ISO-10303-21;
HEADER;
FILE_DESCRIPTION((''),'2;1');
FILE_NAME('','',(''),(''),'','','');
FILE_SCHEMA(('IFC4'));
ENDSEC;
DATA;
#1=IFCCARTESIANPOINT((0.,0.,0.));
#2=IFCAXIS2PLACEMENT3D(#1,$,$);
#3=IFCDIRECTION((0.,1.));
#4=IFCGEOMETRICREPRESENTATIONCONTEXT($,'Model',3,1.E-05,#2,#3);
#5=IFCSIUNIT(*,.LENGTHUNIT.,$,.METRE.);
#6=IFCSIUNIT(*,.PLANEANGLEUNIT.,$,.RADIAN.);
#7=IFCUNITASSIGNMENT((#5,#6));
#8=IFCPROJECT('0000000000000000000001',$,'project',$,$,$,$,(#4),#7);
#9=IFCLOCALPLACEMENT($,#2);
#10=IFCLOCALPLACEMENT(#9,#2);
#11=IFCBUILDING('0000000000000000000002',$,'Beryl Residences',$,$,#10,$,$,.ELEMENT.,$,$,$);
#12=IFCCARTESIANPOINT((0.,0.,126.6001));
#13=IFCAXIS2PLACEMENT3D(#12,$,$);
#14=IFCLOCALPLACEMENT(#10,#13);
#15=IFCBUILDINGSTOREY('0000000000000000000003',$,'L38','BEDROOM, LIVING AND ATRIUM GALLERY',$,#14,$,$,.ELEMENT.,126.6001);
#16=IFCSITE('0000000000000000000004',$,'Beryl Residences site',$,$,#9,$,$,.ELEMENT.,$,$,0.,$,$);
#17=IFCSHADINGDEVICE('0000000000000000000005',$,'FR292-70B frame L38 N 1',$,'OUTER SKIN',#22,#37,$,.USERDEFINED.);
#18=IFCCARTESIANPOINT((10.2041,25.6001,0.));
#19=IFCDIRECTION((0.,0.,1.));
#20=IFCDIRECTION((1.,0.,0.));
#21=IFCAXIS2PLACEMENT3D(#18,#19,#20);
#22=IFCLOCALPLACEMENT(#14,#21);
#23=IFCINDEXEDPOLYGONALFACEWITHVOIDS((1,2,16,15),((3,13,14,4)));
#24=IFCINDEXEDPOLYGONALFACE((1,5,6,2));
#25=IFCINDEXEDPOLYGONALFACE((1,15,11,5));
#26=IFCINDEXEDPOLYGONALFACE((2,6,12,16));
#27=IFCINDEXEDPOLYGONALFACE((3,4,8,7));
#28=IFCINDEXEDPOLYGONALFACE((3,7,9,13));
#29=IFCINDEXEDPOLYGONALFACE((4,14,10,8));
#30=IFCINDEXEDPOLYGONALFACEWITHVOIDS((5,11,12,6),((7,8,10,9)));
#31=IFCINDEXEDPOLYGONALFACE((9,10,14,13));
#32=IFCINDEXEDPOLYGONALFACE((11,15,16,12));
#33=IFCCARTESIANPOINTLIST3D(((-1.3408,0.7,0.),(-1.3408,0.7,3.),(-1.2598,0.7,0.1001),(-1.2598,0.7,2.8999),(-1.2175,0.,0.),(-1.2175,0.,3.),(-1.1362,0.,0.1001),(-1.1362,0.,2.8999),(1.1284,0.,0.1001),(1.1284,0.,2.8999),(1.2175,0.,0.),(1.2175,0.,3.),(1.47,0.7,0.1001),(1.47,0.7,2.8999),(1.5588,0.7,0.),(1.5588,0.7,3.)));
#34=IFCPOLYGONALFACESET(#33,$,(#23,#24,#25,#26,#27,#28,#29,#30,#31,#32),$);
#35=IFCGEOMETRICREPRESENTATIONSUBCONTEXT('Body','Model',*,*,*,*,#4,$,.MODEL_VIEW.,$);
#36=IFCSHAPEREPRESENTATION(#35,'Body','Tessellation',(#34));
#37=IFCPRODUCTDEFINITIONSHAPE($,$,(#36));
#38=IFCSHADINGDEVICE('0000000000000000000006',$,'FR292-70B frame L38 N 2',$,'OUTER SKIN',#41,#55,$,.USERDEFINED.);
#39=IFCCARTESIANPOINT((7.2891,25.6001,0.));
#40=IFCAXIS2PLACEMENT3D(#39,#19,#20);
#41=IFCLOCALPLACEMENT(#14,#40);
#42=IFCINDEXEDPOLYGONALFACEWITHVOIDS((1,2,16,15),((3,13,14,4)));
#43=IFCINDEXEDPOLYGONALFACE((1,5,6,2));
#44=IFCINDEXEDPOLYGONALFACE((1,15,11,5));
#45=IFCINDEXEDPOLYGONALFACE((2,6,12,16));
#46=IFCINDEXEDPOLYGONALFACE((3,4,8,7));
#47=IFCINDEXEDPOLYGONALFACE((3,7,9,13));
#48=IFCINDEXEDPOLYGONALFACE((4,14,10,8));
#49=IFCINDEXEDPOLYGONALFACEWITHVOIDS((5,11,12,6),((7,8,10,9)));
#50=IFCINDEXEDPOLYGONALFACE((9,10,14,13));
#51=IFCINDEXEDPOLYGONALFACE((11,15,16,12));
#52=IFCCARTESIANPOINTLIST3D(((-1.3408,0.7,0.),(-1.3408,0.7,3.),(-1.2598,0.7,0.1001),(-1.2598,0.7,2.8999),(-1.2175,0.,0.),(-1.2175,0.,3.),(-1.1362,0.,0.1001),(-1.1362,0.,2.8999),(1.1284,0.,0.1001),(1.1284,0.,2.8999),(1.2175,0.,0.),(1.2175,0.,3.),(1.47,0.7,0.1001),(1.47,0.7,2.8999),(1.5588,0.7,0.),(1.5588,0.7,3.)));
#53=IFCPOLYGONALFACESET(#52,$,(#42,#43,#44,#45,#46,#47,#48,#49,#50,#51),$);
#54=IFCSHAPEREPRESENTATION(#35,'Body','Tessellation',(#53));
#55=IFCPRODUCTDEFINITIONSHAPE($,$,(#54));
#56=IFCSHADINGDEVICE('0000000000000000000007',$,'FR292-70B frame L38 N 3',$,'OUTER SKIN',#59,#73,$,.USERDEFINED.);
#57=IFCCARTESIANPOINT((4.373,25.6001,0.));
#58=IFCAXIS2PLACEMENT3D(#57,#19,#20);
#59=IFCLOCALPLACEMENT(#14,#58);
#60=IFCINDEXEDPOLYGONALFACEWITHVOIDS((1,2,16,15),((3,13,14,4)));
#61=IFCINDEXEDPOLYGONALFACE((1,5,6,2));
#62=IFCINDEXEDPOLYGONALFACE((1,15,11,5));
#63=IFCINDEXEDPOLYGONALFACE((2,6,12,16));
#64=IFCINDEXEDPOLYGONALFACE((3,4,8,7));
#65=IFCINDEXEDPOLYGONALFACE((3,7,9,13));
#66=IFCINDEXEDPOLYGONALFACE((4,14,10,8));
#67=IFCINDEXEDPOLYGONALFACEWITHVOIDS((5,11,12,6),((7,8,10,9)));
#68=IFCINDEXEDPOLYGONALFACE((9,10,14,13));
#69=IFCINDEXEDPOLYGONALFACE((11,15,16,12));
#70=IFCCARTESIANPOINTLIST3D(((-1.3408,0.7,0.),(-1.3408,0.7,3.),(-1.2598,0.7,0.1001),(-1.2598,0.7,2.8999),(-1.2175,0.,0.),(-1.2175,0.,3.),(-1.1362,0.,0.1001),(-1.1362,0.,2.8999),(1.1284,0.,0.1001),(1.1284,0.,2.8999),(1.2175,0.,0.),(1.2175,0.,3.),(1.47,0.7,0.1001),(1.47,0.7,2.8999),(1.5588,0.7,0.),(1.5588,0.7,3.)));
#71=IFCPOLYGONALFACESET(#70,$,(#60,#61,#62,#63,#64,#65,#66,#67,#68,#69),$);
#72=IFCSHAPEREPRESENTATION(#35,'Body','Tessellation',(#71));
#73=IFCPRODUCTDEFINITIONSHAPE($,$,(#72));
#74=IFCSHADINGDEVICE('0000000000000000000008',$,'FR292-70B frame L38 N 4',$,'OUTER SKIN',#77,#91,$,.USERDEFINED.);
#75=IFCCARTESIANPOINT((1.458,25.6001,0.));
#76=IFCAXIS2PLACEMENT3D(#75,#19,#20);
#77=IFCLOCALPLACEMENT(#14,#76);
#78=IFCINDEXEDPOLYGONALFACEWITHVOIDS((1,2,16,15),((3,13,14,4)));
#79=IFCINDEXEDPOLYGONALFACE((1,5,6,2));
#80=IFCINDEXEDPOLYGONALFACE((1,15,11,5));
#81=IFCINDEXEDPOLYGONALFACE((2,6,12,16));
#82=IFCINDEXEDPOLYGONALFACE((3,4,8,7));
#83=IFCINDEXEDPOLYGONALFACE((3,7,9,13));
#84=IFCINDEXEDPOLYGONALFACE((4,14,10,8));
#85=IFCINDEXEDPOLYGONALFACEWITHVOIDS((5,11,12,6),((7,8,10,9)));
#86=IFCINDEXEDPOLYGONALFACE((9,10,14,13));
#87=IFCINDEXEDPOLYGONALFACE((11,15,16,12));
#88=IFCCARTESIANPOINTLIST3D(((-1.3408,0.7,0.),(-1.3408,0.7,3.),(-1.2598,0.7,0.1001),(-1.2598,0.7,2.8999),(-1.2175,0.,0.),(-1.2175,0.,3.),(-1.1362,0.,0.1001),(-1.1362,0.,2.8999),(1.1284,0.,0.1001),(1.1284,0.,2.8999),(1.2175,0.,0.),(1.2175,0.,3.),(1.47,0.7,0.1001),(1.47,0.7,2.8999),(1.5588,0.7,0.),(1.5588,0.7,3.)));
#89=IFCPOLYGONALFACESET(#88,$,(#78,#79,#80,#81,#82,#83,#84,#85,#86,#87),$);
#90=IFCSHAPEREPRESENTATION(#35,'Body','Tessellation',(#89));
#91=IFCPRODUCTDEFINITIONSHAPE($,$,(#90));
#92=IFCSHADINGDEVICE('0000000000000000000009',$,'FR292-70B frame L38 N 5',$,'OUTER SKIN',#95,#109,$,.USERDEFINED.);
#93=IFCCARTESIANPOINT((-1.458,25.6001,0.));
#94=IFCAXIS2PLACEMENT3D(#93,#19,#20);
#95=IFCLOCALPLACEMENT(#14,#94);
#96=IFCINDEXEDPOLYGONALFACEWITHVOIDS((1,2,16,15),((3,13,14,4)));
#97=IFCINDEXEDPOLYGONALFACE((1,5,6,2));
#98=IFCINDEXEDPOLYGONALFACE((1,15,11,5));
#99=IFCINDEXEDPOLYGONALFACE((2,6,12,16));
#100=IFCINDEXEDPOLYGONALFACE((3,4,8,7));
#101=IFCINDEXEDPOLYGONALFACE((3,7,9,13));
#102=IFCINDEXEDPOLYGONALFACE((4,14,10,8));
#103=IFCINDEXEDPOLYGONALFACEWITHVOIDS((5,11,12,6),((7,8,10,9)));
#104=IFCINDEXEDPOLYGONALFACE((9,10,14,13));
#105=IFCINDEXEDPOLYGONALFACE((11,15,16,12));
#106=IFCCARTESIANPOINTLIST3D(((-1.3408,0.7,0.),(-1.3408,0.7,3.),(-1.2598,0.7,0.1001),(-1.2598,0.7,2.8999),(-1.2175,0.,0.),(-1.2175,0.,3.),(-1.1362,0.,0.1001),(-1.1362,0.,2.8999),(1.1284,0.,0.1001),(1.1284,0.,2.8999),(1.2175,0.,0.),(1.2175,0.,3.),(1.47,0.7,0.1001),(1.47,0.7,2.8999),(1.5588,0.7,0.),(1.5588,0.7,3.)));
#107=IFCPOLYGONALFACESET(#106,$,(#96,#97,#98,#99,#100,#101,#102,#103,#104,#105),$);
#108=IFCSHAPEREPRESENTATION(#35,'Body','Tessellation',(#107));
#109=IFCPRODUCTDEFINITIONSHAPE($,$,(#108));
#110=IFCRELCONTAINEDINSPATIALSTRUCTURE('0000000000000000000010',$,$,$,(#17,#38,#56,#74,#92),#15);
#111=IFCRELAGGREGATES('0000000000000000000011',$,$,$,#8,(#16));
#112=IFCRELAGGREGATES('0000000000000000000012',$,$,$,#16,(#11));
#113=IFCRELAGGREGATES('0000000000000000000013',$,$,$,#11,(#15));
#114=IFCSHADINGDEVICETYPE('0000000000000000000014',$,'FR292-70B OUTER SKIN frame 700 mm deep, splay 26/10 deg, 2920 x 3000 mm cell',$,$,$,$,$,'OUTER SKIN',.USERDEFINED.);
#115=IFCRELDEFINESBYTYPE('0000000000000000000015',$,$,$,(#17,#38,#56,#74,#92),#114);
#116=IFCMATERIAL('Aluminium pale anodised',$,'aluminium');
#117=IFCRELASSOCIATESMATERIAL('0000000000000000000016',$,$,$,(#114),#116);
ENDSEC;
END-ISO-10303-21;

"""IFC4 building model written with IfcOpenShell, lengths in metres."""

from ifc_helpers import new_model, entity, si_unit, direction, frame, origin, place, context, subcontext, project, spatial, source, transform, mapped, material, type_object, type_shapes, element, save


model = new_model("IFC4")

# Units and contexts
model_context = context("Model", 3, precision=1e-05, world=origin(), true_north=direction((0.0, 1.0)))
body_context = subcontext(model_context, "Body", "Model", "MODEL_VIEW")
ifc_project = project(units=[si_unit("LENGTHUNIT", "METRE"), si_unit("PLANEANGLEUNIT", "RADIAN")], contexts=[model_context])

# Site, building, storey
site_placement = place(None, origin())
site = spatial("IfcSite", under=ifc_project, at=site_placement, Name="Beryl Residences site", CompositionType="ELEMENT", RefElevation=0.0)
building_placement = place(site_placement, origin())
building = spatial("IfcBuilding", under=site, at=building_placement, Name="Beryl Residences", CompositionType="ELEMENT")
storey_placement = place(building_placement, frame((0.0, 0.0, 126.6001)))
storey = spatial("IfcBuildingStorey", under=building, at=storey_placement, Name="L38", Description="BEDROOM, LIVING AND ATRIUM GALLERY", CompositionType="ELEMENT", Elevation=126.6001)

# Shading devices
ifc_material_1 = material(Name="Aluminium pale anodised", Category="aluminium")
shading_device_type = type_object("IfcShadingDeviceType", Name="FR292-70B OUTER SKIN frame 700 mm deep, splay 26/10 deg, 2920 x 3000 mm cell", ElementType="OUTER SKIN", PredefinedType="USERDEFINED", material=ifc_material_1)
cartesian_point_1 = entity("IfcCartesianPoint", [-1.2175, 0.0])
cartesian_point_2 = entity("IfcCartesianPoint", [-1.1284, 0.1001])
cartesian_point_3 = entity("IfcCartesianPoint", [-1.5588, 0.0])
cartesian_point_4 = entity("IfcCartesianPoint", [-1.47, 0.1001])
shared_shape_1 = source(origin(), body_context, "Body", "SweptSolid", [
    entity("IfcExtrudedAreaSolidTapered", entity("IfcArbitraryProfileDefWithVoids", "AREA", None, entity("IfcPolyline", [cartesian_point_1, entity("IfcCartesianPoint", [1.2175, 0.0]), entity("IfcCartesianPoint", [1.2175, 3.0]), entity("IfcCartesianPoint", [-1.2175, 3.0]), cartesian_point_1]), [entity("IfcPolyline", [cartesian_point_2, entity("IfcCartesianPoint", [1.1362, 0.1001]), entity("IfcCartesianPoint", [1.1362, 2.8999]), entity("IfcCartesianPoint", [-1.1284, 2.8999]), cartesian_point_2])]), entity("IfcAxis2Placement3D", entity("IfcCartesianPoint", [0.0, 0.0, 0.0]), entity("IfcDirection", [0.0, 1.0, 0.0]), entity("IfcDirection", [-1.0, 0.0, 0.0])), entity("IfcDirection", [0.0, 0.0, 1.0]), 0.7, entity("IfcArbitraryProfileDefWithVoids", "AREA", None, entity("IfcPolyline", [cartesian_point_3, entity("IfcCartesianPoint", [1.3408, 0.0]), entity("IfcCartesianPoint", [1.3408, 3.0]), entity("IfcCartesianPoint", [-1.5588, 3.0]), cartesian_point_3]), [entity("IfcPolyline", [cartesian_point_4, entity("IfcCartesianPoint", [1.2598, 0.1001]), entity("IfcCartesianPoint", [1.2598, 2.8999]), entity("IfcCartesianPoint", [-1.47, 2.8999]), cartesian_point_4])])),
])
type_shapes(shading_device_type, [shared_shape_1])
for number, where, z_axis, x_axis, name in (
    (1, (10.2041, 25.6001, 0.0), (0.0, 0.0, 1.0), (1.0, 0.0, 0.0), "FR292-70B frame L38 N 1"),
    (2, (7.2891, 25.6001, 0.0), (0.0, 0.0, 1.0), (1.0, 0.0, 0.0), "FR292-70B frame L38 N 2"),
    (3, (4.373, 25.6001, 0.0), (0.0, 0.0, 1.0), (1.0, 0.0, 0.0), "FR292-70B frame L38 N 3"),
    (4, (1.458, 25.6001, 0.0), (0.0, 0.0, 1.0), (1.0, 0.0, 0.0), "FR292-70B frame L38 N 4"),
    (5, (-1.458, 25.6001, 0.0), (0.0, 0.0, 1.0), (1.0, 0.0, 0.0), "FR292-70B frame L38 N 5"),
):
    element("IfcShadingDevice", number, at=place(storey_placement, frame(where, z_axis=z_axis, x_axis=x_axis)), inside=storey, type_object=shading_device_type, Name=name, ObjectType="OUTER SKIN", PredefinedType="USERDEFINED", context=body_context, shape_type="MappedRepresentation", body=[
        mapped(shared_shape_1, transform((0.0, 0.0, 0.0))),
    ])

save(model, "model.ifc")
